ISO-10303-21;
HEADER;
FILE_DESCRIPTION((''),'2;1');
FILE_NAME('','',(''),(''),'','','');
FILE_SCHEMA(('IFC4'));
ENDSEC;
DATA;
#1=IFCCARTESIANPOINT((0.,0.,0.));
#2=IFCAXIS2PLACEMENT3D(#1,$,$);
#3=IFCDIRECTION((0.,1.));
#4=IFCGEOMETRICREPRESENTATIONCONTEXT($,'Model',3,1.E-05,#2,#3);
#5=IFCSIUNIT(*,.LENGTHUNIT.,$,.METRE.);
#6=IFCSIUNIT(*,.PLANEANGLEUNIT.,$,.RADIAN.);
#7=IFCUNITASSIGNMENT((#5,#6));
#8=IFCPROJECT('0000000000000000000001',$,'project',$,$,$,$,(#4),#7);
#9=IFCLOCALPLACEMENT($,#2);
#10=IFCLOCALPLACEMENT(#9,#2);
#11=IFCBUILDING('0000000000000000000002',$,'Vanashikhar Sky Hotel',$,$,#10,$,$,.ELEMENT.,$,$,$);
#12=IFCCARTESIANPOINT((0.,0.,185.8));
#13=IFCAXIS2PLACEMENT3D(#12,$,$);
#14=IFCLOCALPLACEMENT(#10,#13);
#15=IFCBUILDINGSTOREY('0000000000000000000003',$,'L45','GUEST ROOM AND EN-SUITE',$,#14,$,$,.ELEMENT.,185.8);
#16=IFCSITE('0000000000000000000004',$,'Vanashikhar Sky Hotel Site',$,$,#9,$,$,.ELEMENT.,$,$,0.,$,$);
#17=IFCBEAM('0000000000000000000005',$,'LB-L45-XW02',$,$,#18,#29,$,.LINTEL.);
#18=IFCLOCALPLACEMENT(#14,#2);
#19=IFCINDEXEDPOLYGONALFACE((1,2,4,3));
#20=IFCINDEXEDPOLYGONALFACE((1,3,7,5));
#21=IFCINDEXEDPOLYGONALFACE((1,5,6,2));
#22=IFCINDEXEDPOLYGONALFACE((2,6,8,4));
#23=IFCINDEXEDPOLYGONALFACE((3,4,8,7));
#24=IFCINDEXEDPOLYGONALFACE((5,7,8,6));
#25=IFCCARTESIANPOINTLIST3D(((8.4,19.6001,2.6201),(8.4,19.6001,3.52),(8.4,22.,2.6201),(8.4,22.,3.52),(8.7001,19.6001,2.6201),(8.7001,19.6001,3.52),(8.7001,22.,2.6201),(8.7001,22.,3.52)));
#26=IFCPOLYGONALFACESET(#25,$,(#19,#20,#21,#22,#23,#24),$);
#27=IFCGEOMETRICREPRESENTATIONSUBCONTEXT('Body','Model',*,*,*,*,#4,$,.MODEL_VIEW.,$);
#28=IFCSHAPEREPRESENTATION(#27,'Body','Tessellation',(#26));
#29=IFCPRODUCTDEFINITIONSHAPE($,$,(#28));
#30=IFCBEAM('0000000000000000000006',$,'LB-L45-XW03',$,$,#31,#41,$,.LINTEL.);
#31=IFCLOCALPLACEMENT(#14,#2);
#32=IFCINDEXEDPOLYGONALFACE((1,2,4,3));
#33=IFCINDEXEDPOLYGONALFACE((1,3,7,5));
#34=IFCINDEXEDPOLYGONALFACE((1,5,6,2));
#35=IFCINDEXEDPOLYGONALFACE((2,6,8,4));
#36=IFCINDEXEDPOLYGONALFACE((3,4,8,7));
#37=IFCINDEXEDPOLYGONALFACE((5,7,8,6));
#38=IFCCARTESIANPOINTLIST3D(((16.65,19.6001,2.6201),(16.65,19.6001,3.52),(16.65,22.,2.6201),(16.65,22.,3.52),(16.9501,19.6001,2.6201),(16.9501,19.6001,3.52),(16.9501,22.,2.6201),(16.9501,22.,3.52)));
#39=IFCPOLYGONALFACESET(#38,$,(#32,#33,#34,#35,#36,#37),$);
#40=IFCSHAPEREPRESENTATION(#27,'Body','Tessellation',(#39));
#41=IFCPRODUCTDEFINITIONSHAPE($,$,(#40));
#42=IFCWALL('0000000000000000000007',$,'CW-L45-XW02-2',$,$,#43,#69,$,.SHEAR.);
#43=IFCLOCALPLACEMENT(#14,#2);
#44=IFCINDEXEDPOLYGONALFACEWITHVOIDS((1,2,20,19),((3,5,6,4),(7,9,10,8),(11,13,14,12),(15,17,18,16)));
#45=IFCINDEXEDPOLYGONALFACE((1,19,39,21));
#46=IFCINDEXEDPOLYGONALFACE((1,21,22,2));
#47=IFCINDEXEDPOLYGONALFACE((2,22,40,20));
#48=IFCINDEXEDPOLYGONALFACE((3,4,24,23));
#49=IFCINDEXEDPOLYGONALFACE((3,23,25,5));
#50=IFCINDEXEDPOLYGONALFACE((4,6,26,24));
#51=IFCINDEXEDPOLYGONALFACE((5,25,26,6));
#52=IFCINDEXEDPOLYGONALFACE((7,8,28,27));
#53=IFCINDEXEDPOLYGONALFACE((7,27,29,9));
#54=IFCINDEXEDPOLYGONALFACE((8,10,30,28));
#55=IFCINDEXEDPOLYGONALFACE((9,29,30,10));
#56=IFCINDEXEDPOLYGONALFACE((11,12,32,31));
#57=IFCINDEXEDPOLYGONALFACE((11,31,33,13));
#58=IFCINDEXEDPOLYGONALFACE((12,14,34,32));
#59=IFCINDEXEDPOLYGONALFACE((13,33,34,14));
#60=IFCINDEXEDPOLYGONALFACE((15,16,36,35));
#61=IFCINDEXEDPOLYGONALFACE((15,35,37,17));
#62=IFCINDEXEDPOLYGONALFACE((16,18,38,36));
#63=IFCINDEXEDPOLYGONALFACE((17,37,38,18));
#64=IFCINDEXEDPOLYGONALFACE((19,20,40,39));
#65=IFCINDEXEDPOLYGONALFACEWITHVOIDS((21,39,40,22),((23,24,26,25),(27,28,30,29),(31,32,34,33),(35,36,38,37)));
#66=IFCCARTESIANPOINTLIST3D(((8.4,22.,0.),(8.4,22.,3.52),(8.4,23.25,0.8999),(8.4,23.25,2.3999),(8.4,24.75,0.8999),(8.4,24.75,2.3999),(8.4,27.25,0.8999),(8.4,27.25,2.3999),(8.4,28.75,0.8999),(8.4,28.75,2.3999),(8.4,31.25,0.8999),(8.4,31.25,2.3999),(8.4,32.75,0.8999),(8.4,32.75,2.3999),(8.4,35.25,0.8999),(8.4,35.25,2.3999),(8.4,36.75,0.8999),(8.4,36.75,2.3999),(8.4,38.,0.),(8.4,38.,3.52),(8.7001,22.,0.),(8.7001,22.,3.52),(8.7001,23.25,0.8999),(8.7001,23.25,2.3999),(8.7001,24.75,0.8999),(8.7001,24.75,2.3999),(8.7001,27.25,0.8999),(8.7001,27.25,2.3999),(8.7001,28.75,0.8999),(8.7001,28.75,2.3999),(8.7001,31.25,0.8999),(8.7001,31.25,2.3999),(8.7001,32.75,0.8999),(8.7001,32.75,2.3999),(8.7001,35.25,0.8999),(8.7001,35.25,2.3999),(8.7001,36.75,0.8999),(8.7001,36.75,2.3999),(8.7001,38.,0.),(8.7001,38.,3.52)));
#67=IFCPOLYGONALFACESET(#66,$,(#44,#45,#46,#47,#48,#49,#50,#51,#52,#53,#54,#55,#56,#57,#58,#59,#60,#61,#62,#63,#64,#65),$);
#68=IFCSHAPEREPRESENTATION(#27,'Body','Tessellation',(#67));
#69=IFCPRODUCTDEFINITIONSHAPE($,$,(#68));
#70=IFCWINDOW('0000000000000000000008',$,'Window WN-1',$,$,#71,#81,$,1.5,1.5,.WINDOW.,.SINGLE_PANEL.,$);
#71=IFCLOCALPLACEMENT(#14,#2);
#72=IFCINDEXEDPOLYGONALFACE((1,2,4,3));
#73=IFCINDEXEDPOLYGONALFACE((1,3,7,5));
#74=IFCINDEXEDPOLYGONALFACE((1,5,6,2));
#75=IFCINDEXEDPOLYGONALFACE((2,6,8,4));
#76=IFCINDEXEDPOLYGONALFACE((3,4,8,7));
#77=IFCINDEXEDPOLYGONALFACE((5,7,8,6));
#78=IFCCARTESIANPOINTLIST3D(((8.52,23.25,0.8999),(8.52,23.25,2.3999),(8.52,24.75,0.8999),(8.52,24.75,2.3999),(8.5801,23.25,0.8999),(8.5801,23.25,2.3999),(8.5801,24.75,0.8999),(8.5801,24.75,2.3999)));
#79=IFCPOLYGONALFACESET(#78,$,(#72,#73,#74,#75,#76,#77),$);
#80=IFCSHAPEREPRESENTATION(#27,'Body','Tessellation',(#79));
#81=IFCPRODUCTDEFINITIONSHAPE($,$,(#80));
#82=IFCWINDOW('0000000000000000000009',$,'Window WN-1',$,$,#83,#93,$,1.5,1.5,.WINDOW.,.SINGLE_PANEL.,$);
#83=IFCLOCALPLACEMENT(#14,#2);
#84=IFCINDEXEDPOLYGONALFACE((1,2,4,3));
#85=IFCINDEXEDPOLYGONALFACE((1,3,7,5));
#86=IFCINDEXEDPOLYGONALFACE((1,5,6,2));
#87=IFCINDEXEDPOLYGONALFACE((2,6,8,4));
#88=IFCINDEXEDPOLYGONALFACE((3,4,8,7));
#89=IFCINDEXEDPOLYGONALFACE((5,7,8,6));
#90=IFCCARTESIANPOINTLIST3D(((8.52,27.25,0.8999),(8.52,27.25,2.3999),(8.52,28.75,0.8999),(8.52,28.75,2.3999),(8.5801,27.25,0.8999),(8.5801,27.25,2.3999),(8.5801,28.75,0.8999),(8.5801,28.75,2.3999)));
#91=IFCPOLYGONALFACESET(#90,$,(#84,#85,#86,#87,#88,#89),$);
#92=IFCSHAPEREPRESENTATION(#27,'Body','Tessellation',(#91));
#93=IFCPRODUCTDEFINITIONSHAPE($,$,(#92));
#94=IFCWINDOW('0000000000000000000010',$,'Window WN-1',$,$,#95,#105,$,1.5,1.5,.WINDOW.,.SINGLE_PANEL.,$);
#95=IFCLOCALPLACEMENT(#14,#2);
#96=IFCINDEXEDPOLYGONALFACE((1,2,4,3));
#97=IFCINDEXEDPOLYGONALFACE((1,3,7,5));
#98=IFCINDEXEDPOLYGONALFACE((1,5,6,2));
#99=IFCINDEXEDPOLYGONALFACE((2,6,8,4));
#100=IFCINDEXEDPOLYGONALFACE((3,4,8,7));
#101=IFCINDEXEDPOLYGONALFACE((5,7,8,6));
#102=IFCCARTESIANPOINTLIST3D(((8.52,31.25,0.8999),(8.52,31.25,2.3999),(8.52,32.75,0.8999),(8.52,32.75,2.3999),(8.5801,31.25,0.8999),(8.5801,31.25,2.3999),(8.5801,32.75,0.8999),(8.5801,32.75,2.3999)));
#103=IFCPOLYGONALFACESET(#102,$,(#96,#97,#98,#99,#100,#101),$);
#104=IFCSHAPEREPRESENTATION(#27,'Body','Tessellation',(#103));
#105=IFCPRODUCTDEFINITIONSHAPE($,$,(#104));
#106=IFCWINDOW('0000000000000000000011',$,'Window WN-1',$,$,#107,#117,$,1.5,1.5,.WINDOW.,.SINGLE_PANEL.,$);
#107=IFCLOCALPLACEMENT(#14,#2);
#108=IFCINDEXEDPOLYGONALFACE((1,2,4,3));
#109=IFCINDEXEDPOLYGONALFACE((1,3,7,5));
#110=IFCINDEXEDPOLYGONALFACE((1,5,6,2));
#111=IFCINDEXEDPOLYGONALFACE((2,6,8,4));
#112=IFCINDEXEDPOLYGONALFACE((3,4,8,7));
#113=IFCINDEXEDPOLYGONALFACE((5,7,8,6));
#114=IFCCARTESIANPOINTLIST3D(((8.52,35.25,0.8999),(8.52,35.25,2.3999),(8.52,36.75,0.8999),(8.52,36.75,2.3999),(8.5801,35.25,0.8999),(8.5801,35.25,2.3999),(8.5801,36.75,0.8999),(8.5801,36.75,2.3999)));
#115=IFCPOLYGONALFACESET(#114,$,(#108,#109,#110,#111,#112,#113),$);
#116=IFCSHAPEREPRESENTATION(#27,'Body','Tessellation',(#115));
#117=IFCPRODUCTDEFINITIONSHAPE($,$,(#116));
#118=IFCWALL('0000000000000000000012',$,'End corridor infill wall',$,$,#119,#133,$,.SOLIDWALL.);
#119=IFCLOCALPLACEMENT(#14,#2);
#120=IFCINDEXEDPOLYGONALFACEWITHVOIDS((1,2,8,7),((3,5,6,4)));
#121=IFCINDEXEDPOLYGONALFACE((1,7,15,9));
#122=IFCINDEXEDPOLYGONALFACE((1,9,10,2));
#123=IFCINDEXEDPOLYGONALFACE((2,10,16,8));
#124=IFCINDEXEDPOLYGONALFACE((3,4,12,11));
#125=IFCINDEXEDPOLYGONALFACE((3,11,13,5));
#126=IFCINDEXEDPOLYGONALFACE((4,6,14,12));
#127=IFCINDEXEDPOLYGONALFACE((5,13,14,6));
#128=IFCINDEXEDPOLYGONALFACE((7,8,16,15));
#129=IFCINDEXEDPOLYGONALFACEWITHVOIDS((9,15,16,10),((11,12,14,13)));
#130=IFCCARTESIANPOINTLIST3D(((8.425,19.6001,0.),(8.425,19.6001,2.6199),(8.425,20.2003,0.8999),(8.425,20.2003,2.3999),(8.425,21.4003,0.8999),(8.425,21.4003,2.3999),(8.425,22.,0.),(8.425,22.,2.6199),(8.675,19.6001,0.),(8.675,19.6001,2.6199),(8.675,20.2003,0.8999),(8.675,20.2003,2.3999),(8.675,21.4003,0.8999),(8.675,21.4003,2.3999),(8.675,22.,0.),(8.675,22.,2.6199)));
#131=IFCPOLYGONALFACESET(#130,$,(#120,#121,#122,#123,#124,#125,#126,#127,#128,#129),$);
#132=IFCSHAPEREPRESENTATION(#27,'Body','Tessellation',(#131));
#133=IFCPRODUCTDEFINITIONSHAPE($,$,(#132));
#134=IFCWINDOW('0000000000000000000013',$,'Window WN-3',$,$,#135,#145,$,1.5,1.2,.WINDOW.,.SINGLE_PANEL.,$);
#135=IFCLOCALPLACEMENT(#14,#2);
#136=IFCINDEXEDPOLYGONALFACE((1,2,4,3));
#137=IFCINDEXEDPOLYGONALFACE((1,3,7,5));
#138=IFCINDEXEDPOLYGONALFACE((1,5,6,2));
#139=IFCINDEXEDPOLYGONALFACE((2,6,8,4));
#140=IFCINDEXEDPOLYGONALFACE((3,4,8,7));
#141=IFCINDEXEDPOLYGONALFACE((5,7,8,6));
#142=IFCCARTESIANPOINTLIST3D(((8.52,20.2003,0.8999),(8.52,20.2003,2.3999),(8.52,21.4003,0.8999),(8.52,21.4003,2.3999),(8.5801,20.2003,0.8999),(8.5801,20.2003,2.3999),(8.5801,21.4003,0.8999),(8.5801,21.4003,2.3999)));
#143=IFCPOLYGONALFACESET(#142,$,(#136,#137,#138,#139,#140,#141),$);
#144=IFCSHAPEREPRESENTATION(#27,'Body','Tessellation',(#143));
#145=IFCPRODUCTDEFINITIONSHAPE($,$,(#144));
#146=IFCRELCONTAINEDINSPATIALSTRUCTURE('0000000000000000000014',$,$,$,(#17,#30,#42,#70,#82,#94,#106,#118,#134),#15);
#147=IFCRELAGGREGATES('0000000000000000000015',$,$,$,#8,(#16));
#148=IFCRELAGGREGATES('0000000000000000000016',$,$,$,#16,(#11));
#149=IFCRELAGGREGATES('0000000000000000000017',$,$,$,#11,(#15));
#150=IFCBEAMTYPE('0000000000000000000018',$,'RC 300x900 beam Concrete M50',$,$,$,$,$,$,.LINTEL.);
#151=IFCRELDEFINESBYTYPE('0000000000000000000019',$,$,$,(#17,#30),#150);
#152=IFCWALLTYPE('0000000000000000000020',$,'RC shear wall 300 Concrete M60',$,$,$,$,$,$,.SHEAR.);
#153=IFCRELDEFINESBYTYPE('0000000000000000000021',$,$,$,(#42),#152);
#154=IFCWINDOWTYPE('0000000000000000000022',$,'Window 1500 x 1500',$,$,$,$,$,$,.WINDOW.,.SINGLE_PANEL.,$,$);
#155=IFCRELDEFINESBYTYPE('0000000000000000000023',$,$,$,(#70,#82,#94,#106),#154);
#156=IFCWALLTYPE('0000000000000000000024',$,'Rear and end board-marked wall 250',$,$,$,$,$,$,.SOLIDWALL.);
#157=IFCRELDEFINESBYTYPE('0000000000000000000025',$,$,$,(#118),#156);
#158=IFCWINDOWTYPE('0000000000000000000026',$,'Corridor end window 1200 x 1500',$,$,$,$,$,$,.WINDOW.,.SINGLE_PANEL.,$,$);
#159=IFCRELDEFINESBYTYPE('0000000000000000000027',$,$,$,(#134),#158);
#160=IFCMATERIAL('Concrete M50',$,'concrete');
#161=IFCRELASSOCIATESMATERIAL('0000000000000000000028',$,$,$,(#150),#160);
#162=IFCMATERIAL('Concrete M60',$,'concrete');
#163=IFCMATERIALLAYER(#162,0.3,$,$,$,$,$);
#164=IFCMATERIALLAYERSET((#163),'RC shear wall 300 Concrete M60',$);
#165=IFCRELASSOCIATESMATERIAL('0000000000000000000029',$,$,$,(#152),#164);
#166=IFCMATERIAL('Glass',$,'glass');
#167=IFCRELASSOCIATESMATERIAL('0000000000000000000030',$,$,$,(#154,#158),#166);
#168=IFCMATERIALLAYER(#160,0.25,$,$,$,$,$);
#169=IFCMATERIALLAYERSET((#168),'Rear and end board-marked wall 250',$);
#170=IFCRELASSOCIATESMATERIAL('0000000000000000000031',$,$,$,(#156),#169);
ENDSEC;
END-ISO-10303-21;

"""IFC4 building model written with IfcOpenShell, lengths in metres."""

from ifc_helpers import new_model, si_unit, direction, frame, frame_2d, origin, origin_2d, place, context, subcontext, project, spatial, rectangle, extrude, source, transform, mapped, material, layer, layer_set, material_profile, profile_set, type_object, element, fill, save


model = new_model("IFC4")

# Units and contexts
model_context = context("Model", 3, precision=1e-05, world=origin(), true_north=direction((0.0, 1.0)))
body_context = subcontext(model_context, "Body", "Model", "MODEL_VIEW")
ifc_project = project(units=[si_unit("LENGTHUNIT", "METRE"), si_unit("PLANEANGLEUNIT", "RADIAN")], contexts=[model_context])

# Site, building, storey
site_placement = place(None, origin())
site = spatial("IfcSite", under=ifc_project, at=site_placement, Name="Vanashikhar Sky Hotel Site", CompositionType="ELEMENT", RefElevation=0.0)
building_placement = place(site_placement, origin())
building = spatial("IfcBuilding", under=site, at=building_placement, Name="Vanashikhar Sky Hotel", CompositionType="ELEMENT")
storey_placement = place(building_placement, frame((0.0, 0.0, 185.8)))
storey = spatial("IfcBuildingStorey", under=building, at=storey_placement, Name="L45", Description="GUEST ROOM AND EN-SUITE", CompositionType="ELEMENT", Elevation=185.8)

# Beams
ifc_material_1 = material(Name="Concrete M50", Category="concrete")
ifc_material_profile = material_profile(ifc_material_1, rectangle(XDim=0.3, YDim=0.8999, at=origin_2d()))
ifc_profile_set = profile_set([ifc_material_profile], Name="RC 300x900 beam Concrete M50")
beam_type = type_object("IfcBeamType", Name="RC 300x900 beam Concrete M50", PredefinedType="LINTEL", material=ifc_profile_set)
shared_shape_1 = source(origin(), body_context, "Body", "SweptSolid", [
    extrude(rectangle(XDim=0.3, YDim=0.8999, at=origin_2d()), origin(), (0.0, 0.0, 1.0), 2.3999),
])
for number, where, z_axis, x_axis, name in (
    (1, (8.55, 19.6001, 3.0701), (0.0, 1.0, 0.0), (-1.0, 0.0, 0.0), "LB-L45-XW02"),
    (2, (16.8, 19.6001, 3.0701), (0.0, 1.0, 0.0), (-1.0, 0.0, 0.0), "LB-L45-XW03"),
):
    element("IfcBeam", number, at=place(storey_placement, frame(where, z_axis=z_axis, x_axis=x_axis)), inside=storey, type_object=beam_type, Name=name, PredefinedType="LINTEL", context=body_context, shape_type="MappedRepresentation", body=[
        mapped(shared_shape_1, transform((0.0, 0.0, 0.0), scale=1.0)),
    ])

# Wall, openings, windows
ifc_material_2 = material(Name="Concrete M60", Category="concrete")
ifc_layer_1 = layer(ifc_material_2, 0.3)
ifc_layer_set_1 = layer_set([ifc_layer_1], Name="RC shear wall 300 Concrete M60")
wall_type_1 = type_object("IfcWallType", Name="RC shear wall 300 Concrete M60", PredefinedType="SHEAR", material=ifc_layer_set_1)
shared_shape_2 = source(origin(), body_context, "Body", "SweptSolid", [
    extrude(rectangle(XDim=16.0, YDim=0.3, at=frame_2d((8.0, 0.0))), origin(), (0.0, 0.0, 1.0), 3.52),
])
wall_1_placement = place(storey_placement, frame((8.55, 22.0, 0.0), z_axis=(0.0, 0.0, 1.0), x_axis=(0.0, 1.0, 0.0)))
wall_1 = element("IfcWall", 3, at=wall_1_placement, inside=storey, type_object=wall_type_1, Name="CW-L45-XW02-2", PredefinedType="SHEAR", context=body_context, shape_type="MappedRepresentation", body=[
    mapped(shared_shape_2, transform((0.0, 0.0, 0.0), scale=1.0)),
])
shared_shape_3 = source(origin(), body_context, "Body", "SweptSolid", [
    extrude(rectangle(XDim=1.5, YDim=1.5, at=frame_2d((0.75, 0.75))), frame((0.0, 0.1602, 0.0), z_axis=(0.0, -1.0, 0.0), x_axis=(1.0, 0.0, 0.0)), (0.0, 0.0, 1.0), 0.3201),
])
opening_1_placement = place(wall_1_placement, frame((1.25, 0.0, 0.8999)))
opening_1 = element("IfcOpeningElement", 4, at=opening_1_placement, cuts=wall_1, PredefinedType="OPENING", context=body_context, shape_type="MappedRepresentation", body=[
    mapped(shared_shape_3, transform((0.0, 0.0, 0.0), scale=1.0)),
])
opening_2_placement = place(wall_1_placement, frame((5.25, 0.0, 0.8999)))
opening_2 = element("IfcOpeningElement", 5, at=opening_2_placement, cuts=wall_1, PredefinedType="OPENING", context=body_context, shape_type="MappedRepresentation", body=[
    mapped(shared_shape_3, transform((0.0, 0.0, 0.0), scale=1.0)),
])
opening_3_placement = place(wall_1_placement, frame((9.25, 0.0, 0.8999)))
opening_3 = element("IfcOpeningElement", 6, at=opening_3_placement, cuts=wall_1, PredefinedType="OPENING", context=body_context, shape_type="MappedRepresentation", body=[
    mapped(shared_shape_3, transform((0.0, 0.0, 0.0), scale=1.0)),
])
opening_4_placement = place(wall_1_placement, frame((13.25, 0.0, 0.8999)))
opening_4 = element("IfcOpeningElement", 7, at=opening_4_placement, cuts=wall_1, PredefinedType="OPENING", context=body_context, shape_type="MappedRepresentation", body=[
    mapped(shared_shape_3, transform((0.0, 0.0, 0.0), scale=1.0)),
])
ifc_material_3 = material(Name="Glass", Category="glass")
window_type_1 = type_object("IfcWindowType", Name="Window 1500 x 1500", PartitioningType="SINGLE_PANEL", PredefinedType="WINDOW", material=ifc_material_3)
shared_shape_4 = source(origin(), body_context, "Body", "SweptSolid", [
    extrude(rectangle(XDim=1.5, YDim=1.5, at=frame_2d((0.75, 0.75))), frame((0.0, 0.03, 0.0), z_axis=(0.0, -1.0, 0.0), x_axis=(1.0, 0.0, 0.0)), (0.0, 0.0, 1.0), 0.0601),
])
window_1_placement = place(opening_1_placement, origin())
window_1 = element("IfcWindow", 8, at=window_1_placement, inside=storey, type_object=window_type_1, Name="Window WN-1", OverallHeight=1.5, OverallWidth=1.5, PartitioningType="SINGLE_PANEL", PredefinedType="WINDOW", context=body_context, shape_type="MappedRepresentation", body=[
    mapped(shared_shape_4, transform((0.0, 0.0, 0.0), scale=1.0)),
])
fill(opening_1, window_1)
window_2_placement = place(opening_2_placement, origin())
window_2 = element("IfcWindow", 9, at=window_2_placement, inside=storey, type_object=window_type_1, Name="Window WN-1", OverallHeight=1.5, OverallWidth=1.5, PartitioningType="SINGLE_PANEL", PredefinedType="WINDOW", context=body_context, shape_type="MappedRepresentation", body=[
    mapped(shared_shape_4, transform((0.0, 0.0, 0.0), scale=1.0)),
])
fill(opening_2, window_2)
window_3_placement = place(opening_3_placement, origin())
window_3 = element("IfcWindow", 10, at=window_3_placement, inside=storey, type_object=window_type_1, Name="Window WN-1", OverallHeight=1.5, OverallWidth=1.5, PartitioningType="SINGLE_PANEL", PredefinedType="WINDOW", context=body_context, shape_type="MappedRepresentation", body=[
    mapped(shared_shape_4, transform((0.0, 0.0, 0.0), scale=1.0)),
])
fill(opening_3, window_3)
window_4_placement = place(opening_4_placement, origin())
window_4 = element("IfcWindow", 11, at=window_4_placement, inside=storey, type_object=window_type_1, Name="Window WN-1", OverallHeight=1.5, OverallWidth=1.5, PartitioningType="SINGLE_PANEL", PredefinedType="WINDOW", context=body_context, shape_type="MappedRepresentation", body=[
    mapped(shared_shape_4, transform((0.0, 0.0, 0.0), scale=1.0)),
])
fill(opening_4, window_4)

# Wall, opening, window
ifc_layer_2 = layer(ifc_material_1, 0.25)
ifc_layer_set_2 = layer_set([ifc_layer_2], Name="Rear and end board-marked wall 250")
wall_type_2 = type_object("IfcWallType", Name="Rear and end board-marked wall 250", PredefinedType="SOLIDWALL", material=ifc_layer_set_2)
shared_shape_5 = source(origin(), body_context, "Body", "SweptSolid", [
    extrude(rectangle(XDim=2.3999, YDim=0.25, at=frame_2d((1.2, 0.0))), origin(), (0.0, 0.0, 1.0), 2.6199),
])
wall_2_placement = place(storey_placement, frame((8.55, 19.6001, 0.0), z_axis=(0.0, 0.0, 1.0), x_axis=(0.0, 1.0, 0.0)))
wall_2 = element("IfcWall", 12, at=wall_2_placement, inside=storey, type_object=wall_type_2, Name="End corridor infill wall", PredefinedType="SOLIDWALL", context=body_context, shape_type="MappedRepresentation", body=[
    mapped(shared_shape_5, transform((0.0, 0.0, 0.0), scale=1.0)),
])
shared_shape_6 = source(origin(), body_context, "Body", "SweptSolid", [
    extrude(rectangle(XDim=1.2, YDim=1.5, at=frame_2d((0.6001, 0.75))), frame((0.0, 0.135, 0.0), z_axis=(0.0, -1.0, 0.0), x_axis=(1.0, 0.0, 0.0)), (0.0, 0.0, 1.0), 0.27),
])
opening_5_placement = place(wall_2_placement, frame((0.6001, 0.0, 0.8999)))
opening_5 = element("IfcOpeningElement", 13, at=opening_5_placement, cuts=wall_2, PredefinedType="OPENING", context=body_context, shape_type="MappedRepresentation", body=[
    mapped(shared_shape_6, transform((0.0, 0.0, 0.0), scale=1.0)),
])
window_type_2 = type_object("IfcWindowType", Name="Corridor end window 1200 x 1500", PartitioningType="SINGLE_PANEL", PredefinedType="WINDOW", material=ifc_material_3)
shared_shape_7 = source(origin(), body_context, "Body", "SweptSolid", [
    extrude(rectangle(XDim=1.2, YDim=1.5, at=frame_2d((0.6001, 0.75))), frame((0.0, 0.03, 0.0), z_axis=(0.0, -1.0, 0.0), x_axis=(1.0, 0.0, 0.0)), (0.0, 0.0, 1.0), 0.0601),
])
window_5_placement = place(opening_5_placement, origin())
window_5 = element("IfcWindow", 14, at=window_5_placement, inside=storey, type_object=window_type_2, Name="Window WN-3", OverallHeight=1.5, OverallWidth=1.2, PartitioningType="SINGLE_PANEL", PredefinedType="WINDOW", context=body_context, shape_type="MappedRepresentation", body=[
    mapped(shared_shape_7, transform((0.0, 0.0, 0.0), scale=1.0)),
])
fill(opening_5, window_5)

save(model, "model.ifc")
